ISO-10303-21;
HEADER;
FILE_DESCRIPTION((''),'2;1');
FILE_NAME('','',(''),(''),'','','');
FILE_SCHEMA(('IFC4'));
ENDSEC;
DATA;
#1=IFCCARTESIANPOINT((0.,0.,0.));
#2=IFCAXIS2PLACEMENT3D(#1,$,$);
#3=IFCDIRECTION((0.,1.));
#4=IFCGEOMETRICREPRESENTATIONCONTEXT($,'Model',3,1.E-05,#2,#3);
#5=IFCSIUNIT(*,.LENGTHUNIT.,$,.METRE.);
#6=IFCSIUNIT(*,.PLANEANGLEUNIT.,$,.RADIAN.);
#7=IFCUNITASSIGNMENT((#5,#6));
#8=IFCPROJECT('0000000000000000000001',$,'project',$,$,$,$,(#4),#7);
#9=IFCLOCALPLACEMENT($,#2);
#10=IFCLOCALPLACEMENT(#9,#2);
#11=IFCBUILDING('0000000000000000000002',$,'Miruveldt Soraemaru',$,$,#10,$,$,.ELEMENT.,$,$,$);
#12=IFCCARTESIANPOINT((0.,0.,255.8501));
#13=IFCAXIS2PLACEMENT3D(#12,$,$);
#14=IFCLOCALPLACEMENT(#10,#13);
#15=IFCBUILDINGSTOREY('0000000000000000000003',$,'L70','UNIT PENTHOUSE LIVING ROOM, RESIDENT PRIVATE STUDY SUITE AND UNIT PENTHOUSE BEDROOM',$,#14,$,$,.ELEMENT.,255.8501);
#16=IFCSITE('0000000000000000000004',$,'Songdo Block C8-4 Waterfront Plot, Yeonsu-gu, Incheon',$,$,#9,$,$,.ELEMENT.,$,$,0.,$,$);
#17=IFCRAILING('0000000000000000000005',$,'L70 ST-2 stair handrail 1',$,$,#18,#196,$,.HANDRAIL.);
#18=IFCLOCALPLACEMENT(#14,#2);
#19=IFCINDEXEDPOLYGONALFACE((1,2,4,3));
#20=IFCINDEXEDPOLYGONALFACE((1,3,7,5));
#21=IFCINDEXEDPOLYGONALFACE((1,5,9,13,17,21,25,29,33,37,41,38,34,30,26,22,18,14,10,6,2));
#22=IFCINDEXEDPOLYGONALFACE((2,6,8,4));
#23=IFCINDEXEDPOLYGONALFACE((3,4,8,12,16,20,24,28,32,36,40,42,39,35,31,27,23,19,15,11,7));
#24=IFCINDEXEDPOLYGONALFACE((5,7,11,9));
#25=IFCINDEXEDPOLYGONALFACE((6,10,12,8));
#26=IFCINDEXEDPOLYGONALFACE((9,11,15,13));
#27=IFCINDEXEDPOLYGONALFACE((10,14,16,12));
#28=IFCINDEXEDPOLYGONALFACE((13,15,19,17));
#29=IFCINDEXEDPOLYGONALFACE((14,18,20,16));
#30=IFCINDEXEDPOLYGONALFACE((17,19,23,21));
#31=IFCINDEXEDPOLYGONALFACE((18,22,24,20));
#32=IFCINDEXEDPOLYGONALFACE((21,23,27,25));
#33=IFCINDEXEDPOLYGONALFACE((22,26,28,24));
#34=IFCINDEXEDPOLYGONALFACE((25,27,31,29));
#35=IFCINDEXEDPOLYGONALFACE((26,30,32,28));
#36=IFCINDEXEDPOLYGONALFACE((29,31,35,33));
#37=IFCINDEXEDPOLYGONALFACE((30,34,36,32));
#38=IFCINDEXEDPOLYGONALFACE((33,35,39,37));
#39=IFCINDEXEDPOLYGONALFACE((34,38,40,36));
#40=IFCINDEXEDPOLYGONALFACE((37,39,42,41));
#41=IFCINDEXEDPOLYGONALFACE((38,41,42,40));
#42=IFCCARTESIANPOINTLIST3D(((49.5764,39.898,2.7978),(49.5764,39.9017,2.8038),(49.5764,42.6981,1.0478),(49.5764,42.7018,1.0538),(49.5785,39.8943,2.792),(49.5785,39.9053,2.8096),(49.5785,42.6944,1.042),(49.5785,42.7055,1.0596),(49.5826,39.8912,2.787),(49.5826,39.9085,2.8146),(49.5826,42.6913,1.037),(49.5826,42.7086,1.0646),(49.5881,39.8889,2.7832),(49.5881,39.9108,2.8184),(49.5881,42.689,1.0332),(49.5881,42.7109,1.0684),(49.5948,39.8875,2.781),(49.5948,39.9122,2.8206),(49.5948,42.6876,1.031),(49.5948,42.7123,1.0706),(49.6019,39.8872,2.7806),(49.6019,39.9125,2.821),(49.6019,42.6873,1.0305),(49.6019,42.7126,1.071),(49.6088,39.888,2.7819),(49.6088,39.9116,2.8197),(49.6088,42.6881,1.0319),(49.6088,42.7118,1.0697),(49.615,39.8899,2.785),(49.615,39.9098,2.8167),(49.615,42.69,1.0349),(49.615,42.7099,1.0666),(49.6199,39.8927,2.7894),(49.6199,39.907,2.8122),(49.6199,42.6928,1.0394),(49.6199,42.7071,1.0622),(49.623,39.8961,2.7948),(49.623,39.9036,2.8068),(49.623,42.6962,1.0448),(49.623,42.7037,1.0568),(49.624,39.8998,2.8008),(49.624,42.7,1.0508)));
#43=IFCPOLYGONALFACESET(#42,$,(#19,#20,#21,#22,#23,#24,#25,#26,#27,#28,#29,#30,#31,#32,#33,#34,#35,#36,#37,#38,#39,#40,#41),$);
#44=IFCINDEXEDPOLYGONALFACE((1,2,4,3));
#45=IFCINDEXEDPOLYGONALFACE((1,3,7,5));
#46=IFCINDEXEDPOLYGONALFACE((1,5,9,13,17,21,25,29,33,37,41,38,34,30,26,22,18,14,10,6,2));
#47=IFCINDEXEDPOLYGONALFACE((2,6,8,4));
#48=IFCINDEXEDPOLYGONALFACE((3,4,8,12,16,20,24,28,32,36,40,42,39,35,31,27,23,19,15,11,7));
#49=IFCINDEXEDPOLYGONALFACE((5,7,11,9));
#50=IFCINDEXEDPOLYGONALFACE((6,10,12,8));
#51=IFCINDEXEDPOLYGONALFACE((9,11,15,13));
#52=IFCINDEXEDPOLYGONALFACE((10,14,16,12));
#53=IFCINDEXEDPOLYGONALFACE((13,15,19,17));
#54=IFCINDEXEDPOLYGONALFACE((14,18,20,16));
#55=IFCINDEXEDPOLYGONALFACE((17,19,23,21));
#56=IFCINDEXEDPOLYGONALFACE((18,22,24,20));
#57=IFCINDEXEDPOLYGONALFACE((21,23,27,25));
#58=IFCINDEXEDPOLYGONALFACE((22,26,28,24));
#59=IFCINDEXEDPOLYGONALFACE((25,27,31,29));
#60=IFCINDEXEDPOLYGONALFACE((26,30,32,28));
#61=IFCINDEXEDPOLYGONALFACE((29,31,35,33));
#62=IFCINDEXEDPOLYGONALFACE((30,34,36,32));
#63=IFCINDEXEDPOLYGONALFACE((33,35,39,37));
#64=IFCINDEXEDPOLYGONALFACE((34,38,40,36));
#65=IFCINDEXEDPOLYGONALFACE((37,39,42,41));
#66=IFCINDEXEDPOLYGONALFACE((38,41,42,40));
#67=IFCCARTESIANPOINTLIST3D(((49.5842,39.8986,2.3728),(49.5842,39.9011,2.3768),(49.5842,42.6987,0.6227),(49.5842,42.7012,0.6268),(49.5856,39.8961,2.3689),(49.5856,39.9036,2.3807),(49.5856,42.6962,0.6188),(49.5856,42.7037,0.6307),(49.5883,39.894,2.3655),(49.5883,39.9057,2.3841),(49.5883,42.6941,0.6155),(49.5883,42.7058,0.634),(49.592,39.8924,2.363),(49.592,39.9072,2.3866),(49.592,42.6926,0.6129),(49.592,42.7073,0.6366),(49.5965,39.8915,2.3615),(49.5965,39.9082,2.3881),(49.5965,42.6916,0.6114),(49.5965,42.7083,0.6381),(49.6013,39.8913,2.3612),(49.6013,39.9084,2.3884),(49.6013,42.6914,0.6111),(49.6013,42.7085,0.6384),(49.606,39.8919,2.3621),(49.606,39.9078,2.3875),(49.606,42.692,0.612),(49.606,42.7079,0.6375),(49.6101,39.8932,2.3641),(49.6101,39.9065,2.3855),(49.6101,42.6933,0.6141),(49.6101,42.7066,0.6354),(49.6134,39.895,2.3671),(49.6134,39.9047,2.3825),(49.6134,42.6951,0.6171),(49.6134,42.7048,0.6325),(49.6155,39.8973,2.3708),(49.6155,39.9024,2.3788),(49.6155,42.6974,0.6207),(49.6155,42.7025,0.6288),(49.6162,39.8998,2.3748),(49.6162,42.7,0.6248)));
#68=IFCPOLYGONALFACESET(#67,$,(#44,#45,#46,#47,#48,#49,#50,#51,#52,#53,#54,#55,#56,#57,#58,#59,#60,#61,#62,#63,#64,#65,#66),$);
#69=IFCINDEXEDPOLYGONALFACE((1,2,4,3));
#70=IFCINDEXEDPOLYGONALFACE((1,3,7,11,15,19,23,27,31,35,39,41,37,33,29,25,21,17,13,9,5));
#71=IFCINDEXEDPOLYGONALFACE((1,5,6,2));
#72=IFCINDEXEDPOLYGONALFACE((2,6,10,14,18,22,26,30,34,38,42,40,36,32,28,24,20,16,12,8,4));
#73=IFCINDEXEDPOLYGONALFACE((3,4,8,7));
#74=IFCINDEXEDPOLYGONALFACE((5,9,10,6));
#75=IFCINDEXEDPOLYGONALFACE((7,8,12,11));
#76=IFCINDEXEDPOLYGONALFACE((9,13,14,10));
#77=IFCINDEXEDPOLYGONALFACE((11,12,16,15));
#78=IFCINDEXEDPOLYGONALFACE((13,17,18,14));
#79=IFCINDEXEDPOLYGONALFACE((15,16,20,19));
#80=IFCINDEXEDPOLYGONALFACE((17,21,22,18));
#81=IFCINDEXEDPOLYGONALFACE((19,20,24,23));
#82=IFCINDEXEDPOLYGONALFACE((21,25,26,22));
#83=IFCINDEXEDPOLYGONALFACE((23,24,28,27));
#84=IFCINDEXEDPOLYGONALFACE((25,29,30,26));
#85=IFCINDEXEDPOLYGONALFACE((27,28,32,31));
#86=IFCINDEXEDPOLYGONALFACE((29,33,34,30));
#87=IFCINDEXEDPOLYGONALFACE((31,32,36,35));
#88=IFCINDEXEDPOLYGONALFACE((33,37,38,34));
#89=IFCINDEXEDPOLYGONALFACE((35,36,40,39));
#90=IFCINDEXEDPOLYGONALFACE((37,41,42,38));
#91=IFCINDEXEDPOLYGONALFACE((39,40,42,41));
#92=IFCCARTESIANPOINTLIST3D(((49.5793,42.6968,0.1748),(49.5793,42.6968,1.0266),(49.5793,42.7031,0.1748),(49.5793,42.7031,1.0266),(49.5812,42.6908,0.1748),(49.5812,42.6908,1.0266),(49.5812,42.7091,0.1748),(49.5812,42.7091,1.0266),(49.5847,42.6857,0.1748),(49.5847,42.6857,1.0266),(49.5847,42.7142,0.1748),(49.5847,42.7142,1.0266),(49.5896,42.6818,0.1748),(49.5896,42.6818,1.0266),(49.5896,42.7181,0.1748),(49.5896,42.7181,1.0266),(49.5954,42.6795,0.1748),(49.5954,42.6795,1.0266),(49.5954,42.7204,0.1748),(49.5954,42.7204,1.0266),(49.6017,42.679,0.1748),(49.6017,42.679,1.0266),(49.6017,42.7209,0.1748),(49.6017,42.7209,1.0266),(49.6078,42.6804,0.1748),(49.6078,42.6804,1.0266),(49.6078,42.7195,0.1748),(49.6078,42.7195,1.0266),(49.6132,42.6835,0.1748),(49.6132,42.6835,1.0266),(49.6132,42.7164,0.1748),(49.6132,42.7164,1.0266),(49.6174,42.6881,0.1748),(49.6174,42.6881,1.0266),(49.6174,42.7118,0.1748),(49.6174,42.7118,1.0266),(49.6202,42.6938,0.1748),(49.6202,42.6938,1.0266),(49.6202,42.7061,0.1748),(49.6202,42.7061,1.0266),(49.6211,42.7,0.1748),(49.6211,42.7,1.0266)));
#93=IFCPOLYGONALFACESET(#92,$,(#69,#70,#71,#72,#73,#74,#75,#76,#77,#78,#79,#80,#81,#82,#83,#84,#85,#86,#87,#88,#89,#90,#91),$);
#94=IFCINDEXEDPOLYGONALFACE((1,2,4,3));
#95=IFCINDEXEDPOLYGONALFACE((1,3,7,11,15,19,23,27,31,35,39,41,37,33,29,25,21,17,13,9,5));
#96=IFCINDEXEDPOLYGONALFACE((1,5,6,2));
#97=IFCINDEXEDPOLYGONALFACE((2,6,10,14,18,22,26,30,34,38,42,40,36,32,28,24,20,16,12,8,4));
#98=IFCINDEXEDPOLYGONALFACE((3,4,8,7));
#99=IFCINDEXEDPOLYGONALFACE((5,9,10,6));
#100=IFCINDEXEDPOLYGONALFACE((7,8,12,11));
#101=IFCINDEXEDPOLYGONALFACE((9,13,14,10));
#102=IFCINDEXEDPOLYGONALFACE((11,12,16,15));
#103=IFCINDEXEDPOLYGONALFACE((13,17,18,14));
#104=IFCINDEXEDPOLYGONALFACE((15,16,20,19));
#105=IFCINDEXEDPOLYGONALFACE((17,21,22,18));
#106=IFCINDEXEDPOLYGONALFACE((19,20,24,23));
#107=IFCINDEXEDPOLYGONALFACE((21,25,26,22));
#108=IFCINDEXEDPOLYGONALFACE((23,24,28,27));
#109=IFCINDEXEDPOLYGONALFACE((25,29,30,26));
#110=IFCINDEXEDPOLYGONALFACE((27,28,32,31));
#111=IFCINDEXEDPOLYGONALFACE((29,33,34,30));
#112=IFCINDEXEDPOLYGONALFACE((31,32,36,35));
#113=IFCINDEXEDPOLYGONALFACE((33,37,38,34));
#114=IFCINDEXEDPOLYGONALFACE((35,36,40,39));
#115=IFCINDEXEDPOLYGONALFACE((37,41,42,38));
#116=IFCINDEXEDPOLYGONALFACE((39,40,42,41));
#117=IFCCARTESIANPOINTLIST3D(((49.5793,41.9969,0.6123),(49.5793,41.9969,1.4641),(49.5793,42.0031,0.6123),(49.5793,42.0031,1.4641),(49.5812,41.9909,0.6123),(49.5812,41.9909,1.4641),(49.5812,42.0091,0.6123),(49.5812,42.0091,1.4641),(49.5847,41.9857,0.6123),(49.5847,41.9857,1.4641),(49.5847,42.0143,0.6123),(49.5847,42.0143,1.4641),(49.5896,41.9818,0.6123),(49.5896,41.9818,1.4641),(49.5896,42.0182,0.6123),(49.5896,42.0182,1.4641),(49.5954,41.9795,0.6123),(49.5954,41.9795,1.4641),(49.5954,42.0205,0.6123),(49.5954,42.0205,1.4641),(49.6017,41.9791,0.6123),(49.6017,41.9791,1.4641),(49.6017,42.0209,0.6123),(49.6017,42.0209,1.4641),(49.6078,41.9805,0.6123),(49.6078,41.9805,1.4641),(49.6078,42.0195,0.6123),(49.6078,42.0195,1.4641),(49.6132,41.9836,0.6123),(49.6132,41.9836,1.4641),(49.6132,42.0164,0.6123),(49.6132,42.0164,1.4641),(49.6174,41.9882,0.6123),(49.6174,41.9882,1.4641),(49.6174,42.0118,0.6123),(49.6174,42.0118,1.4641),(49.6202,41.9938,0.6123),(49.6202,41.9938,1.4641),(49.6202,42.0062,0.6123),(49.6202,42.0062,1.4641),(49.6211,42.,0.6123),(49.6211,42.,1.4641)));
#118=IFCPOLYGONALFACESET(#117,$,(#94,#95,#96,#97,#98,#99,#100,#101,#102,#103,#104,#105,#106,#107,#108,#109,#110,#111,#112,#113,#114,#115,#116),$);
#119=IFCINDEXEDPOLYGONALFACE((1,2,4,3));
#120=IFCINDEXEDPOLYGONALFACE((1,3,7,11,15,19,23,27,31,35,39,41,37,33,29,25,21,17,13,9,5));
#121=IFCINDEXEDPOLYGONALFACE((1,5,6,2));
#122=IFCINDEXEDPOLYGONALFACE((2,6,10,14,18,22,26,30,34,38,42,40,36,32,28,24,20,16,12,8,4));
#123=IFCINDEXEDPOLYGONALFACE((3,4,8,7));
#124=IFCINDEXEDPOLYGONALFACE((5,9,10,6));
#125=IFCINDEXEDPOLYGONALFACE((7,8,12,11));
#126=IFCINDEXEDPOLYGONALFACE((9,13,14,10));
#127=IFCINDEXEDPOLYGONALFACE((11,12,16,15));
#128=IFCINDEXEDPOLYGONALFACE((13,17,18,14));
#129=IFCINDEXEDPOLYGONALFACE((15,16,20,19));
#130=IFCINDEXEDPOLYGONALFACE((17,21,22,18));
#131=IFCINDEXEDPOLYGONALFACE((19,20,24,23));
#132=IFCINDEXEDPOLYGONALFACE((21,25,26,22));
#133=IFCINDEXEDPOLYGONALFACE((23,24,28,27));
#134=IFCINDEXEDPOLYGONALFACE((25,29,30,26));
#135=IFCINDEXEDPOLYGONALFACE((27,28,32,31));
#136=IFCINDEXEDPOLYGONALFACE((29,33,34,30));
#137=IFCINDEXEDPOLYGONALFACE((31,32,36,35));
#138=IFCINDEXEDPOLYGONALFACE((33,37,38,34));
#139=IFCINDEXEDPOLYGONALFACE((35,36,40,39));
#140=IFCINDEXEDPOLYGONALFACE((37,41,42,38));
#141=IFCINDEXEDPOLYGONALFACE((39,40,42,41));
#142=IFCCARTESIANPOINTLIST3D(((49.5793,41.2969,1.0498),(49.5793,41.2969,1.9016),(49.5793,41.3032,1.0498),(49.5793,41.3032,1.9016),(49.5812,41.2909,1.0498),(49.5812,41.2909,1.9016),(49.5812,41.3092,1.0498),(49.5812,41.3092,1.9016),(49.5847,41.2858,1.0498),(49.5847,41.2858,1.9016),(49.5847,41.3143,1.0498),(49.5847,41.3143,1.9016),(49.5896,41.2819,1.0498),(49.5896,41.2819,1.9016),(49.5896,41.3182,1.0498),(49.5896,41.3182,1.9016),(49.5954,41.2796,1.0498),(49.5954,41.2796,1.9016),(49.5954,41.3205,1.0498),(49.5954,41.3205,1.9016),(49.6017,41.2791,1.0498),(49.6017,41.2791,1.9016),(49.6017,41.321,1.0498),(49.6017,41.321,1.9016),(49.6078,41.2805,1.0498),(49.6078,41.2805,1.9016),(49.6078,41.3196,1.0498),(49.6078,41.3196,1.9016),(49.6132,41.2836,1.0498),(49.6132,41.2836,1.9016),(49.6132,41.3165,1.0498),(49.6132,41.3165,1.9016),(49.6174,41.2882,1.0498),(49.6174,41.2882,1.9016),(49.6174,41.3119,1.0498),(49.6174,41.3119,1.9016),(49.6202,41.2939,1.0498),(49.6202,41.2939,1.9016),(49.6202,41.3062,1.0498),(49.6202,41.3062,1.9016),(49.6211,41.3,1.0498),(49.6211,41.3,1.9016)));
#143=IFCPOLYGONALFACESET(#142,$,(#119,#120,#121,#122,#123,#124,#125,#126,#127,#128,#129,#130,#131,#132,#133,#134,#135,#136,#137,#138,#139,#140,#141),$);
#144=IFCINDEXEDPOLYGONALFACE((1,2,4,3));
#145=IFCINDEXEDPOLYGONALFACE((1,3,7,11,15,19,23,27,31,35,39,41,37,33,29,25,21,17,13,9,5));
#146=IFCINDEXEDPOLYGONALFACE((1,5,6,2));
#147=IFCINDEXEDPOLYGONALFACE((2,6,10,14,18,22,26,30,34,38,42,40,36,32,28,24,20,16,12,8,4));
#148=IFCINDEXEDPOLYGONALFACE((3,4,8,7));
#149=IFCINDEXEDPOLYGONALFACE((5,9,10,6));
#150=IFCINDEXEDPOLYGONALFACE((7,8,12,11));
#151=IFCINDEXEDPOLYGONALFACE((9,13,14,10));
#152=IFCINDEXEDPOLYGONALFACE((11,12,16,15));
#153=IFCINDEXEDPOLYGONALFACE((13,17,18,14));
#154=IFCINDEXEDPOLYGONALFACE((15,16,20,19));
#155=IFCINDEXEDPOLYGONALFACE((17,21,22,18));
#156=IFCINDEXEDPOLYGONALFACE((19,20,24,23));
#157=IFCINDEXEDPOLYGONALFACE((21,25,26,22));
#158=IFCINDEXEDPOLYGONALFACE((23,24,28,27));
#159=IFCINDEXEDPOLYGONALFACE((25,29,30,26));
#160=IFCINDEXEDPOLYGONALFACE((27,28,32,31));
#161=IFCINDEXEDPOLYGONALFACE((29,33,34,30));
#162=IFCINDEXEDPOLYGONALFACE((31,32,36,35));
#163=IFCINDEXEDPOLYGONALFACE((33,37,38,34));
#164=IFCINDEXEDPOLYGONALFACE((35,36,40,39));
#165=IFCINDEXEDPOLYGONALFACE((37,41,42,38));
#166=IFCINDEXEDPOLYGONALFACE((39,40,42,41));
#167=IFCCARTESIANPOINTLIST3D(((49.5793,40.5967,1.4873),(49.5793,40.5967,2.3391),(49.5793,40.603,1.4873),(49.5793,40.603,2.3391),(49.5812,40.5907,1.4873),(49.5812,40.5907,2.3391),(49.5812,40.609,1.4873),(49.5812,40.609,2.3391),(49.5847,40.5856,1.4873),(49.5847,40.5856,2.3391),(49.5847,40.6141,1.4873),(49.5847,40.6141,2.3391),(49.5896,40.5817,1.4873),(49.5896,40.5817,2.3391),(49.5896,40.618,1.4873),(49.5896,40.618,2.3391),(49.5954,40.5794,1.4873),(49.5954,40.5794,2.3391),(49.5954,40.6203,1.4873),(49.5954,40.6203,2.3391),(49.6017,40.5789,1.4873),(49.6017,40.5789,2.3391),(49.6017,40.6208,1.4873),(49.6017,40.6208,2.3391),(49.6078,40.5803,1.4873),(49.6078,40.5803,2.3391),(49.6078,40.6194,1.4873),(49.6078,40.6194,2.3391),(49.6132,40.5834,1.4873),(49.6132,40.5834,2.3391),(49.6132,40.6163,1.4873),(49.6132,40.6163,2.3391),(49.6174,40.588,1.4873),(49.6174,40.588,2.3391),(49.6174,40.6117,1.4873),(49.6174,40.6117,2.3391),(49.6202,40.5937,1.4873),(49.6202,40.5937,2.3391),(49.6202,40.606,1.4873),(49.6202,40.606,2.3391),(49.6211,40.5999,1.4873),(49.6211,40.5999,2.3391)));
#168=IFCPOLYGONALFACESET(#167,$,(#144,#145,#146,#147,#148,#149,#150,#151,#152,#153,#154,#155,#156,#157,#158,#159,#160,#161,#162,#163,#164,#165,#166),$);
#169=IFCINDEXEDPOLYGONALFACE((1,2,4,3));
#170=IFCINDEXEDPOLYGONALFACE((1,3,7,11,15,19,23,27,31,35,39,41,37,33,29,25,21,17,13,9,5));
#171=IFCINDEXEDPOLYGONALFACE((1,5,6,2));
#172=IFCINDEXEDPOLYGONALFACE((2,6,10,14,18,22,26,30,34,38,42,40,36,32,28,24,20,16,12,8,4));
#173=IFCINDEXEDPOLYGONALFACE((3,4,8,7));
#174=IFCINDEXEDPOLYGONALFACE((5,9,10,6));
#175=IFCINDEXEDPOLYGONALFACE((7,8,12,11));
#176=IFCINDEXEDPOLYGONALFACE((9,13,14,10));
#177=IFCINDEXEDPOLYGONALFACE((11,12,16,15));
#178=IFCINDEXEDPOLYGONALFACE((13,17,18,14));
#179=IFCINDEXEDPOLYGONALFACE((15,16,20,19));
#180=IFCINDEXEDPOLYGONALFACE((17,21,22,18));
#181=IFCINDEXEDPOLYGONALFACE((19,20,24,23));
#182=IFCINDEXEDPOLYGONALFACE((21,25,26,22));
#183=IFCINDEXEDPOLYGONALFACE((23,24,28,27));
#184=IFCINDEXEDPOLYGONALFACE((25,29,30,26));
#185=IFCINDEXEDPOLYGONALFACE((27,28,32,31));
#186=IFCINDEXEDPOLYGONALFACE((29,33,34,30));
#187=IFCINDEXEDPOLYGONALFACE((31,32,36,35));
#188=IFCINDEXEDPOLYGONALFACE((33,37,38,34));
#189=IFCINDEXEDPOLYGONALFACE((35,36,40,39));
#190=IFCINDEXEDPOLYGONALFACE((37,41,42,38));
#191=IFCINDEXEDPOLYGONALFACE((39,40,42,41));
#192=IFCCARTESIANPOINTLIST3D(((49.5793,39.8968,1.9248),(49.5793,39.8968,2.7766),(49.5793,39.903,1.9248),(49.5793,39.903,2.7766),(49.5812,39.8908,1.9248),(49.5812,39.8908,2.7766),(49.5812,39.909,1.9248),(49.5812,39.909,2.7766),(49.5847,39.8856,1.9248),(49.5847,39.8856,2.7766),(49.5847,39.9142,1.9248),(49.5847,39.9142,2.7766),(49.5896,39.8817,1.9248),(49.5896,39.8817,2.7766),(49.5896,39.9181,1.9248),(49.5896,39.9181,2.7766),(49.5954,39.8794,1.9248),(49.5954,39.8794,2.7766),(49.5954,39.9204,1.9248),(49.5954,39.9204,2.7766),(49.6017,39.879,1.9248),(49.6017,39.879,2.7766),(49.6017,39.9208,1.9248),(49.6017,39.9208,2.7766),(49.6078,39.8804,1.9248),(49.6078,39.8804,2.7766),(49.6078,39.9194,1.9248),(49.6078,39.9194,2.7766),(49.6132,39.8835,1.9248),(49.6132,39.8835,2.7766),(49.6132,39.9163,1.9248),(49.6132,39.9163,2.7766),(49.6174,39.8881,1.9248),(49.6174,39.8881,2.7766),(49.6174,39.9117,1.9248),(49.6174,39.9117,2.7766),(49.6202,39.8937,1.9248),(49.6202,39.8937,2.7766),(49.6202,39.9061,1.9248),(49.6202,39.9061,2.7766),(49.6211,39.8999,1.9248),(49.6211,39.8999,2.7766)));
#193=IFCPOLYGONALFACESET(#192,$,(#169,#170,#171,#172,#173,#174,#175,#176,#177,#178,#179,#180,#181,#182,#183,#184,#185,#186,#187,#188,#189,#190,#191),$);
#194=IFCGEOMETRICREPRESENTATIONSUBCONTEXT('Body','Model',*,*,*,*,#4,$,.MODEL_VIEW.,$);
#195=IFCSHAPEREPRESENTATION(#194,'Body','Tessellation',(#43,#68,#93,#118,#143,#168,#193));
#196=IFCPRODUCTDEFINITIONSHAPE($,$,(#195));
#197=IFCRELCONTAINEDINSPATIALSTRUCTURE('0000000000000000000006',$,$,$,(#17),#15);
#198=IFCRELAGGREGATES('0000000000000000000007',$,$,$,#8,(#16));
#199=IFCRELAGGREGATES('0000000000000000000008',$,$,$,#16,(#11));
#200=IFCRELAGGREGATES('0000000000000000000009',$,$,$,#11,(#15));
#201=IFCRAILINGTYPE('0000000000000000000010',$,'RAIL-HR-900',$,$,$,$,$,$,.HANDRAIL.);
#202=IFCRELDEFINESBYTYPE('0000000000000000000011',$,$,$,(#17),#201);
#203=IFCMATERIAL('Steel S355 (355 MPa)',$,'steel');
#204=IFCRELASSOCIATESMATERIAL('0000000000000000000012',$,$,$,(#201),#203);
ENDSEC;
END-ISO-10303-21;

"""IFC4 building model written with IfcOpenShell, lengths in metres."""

from ifc_helpers import new_model, si_unit, direction, frame, origin, origin_2d, place, context, subcontext, project, spatial, circle, extrude, material, type_object, element, save


model = new_model("IFC4")

# Units and contexts
model_context = context("Model", 3, precision=1e-05, world=origin(), true_north=direction((0.0, 1.0)))
body_context = subcontext(model_context, "Body", "Model", "MODEL_VIEW")
ifc_project = project(units=[si_unit("LENGTHUNIT", "METRE"), si_unit("PLANEANGLEUNIT", "RADIAN")], contexts=[model_context])

# Site, building, storey
site_placement = place(None, origin())
site = spatial("IfcSite", under=ifc_project, at=site_placement, Name="Songdo Block C8-4 Waterfront Plot, Yeonsu-gu, Incheon", CompositionType="ELEMENT", RefElevation=0.0)
building_placement = place(site_placement, origin())
building = spatial("IfcBuilding", under=site, at=building_placement, Name="Miruveldt Soraemaru", CompositionType="ELEMENT")
storey_placement = place(building_placement, frame((0.0, 0.0, 255.8501)))
storey = spatial("IfcBuildingStorey", under=building, at=storey_placement, Name="L70", Description="UNIT PENTHOUSE LIVING ROOM, RESIDENT PRIVATE STUDY SUITE AND UNIT PENTHOUSE BEDROOM", CompositionType="ELEMENT", Elevation=255.8501)

# Railing
ifc_material_1 = material(Name="Steel S355 (355 MPa)", Category="steel")
railing_type = type_object("IfcRailingType", Name="RAIL-HR-900", PredefinedType="HANDRAIL", material=ifc_material_1)
railing_placement = place(storey_placement, frame((49.6001, 42.7, 0.1748)))
element("IfcRailing", 1, at=railing_placement, inside=storey, type_object=railing_type, Name="L70 ST-2 stair handrail 1", PredefinedType="HANDRAIL", context=body_context, shape_type="SweptSolid", body=[
    extrude(circle(Radius=0.0239, at=origin_2d()), frame((0.0, 0.0, 0.876), z_axis=(0.0, -0.848002, 0.529992), x_axis=(1.0, 0.0, 0.0)), (0.0, 0.0, 1.0), 3.302),
    extrude(circle(Radius=0.0161, at=origin_2d()), frame((0.0, 0.0, 0.45), z_axis=(0.0, -0.848002, 0.529992), x_axis=(1.0, 0.0, 0.0)), (0.0, 0.0, 1.0), 3.302),
    extrude(circle(Radius=0.021, at=origin_2d()), origin(), (0.0, 0.0, 1.0), 0.8518),
    extrude(circle(Radius=0.021, at=origin_2d()), frame((0.0, -0.7, 0.4375)), (0.0, 0.0, 1.0), 0.8518),
    extrude(circle(Radius=0.021, at=origin_2d()), frame((0.0, -1.3999, 0.875)), (0.0, 0.0, 1.0), 0.8518),
    extrude(circle(Radius=0.021, at=origin_2d()), frame((0.0, -2.1001, 1.3125)), (0.0, 0.0, 1.0), 0.8518),
    extrude(circle(Radius=0.021, at=origin_2d()), frame((0.0, -2.8, 1.75)), (0.0, 0.0, 1.0), 0.8518),
])

save(model, "model.ifc")
